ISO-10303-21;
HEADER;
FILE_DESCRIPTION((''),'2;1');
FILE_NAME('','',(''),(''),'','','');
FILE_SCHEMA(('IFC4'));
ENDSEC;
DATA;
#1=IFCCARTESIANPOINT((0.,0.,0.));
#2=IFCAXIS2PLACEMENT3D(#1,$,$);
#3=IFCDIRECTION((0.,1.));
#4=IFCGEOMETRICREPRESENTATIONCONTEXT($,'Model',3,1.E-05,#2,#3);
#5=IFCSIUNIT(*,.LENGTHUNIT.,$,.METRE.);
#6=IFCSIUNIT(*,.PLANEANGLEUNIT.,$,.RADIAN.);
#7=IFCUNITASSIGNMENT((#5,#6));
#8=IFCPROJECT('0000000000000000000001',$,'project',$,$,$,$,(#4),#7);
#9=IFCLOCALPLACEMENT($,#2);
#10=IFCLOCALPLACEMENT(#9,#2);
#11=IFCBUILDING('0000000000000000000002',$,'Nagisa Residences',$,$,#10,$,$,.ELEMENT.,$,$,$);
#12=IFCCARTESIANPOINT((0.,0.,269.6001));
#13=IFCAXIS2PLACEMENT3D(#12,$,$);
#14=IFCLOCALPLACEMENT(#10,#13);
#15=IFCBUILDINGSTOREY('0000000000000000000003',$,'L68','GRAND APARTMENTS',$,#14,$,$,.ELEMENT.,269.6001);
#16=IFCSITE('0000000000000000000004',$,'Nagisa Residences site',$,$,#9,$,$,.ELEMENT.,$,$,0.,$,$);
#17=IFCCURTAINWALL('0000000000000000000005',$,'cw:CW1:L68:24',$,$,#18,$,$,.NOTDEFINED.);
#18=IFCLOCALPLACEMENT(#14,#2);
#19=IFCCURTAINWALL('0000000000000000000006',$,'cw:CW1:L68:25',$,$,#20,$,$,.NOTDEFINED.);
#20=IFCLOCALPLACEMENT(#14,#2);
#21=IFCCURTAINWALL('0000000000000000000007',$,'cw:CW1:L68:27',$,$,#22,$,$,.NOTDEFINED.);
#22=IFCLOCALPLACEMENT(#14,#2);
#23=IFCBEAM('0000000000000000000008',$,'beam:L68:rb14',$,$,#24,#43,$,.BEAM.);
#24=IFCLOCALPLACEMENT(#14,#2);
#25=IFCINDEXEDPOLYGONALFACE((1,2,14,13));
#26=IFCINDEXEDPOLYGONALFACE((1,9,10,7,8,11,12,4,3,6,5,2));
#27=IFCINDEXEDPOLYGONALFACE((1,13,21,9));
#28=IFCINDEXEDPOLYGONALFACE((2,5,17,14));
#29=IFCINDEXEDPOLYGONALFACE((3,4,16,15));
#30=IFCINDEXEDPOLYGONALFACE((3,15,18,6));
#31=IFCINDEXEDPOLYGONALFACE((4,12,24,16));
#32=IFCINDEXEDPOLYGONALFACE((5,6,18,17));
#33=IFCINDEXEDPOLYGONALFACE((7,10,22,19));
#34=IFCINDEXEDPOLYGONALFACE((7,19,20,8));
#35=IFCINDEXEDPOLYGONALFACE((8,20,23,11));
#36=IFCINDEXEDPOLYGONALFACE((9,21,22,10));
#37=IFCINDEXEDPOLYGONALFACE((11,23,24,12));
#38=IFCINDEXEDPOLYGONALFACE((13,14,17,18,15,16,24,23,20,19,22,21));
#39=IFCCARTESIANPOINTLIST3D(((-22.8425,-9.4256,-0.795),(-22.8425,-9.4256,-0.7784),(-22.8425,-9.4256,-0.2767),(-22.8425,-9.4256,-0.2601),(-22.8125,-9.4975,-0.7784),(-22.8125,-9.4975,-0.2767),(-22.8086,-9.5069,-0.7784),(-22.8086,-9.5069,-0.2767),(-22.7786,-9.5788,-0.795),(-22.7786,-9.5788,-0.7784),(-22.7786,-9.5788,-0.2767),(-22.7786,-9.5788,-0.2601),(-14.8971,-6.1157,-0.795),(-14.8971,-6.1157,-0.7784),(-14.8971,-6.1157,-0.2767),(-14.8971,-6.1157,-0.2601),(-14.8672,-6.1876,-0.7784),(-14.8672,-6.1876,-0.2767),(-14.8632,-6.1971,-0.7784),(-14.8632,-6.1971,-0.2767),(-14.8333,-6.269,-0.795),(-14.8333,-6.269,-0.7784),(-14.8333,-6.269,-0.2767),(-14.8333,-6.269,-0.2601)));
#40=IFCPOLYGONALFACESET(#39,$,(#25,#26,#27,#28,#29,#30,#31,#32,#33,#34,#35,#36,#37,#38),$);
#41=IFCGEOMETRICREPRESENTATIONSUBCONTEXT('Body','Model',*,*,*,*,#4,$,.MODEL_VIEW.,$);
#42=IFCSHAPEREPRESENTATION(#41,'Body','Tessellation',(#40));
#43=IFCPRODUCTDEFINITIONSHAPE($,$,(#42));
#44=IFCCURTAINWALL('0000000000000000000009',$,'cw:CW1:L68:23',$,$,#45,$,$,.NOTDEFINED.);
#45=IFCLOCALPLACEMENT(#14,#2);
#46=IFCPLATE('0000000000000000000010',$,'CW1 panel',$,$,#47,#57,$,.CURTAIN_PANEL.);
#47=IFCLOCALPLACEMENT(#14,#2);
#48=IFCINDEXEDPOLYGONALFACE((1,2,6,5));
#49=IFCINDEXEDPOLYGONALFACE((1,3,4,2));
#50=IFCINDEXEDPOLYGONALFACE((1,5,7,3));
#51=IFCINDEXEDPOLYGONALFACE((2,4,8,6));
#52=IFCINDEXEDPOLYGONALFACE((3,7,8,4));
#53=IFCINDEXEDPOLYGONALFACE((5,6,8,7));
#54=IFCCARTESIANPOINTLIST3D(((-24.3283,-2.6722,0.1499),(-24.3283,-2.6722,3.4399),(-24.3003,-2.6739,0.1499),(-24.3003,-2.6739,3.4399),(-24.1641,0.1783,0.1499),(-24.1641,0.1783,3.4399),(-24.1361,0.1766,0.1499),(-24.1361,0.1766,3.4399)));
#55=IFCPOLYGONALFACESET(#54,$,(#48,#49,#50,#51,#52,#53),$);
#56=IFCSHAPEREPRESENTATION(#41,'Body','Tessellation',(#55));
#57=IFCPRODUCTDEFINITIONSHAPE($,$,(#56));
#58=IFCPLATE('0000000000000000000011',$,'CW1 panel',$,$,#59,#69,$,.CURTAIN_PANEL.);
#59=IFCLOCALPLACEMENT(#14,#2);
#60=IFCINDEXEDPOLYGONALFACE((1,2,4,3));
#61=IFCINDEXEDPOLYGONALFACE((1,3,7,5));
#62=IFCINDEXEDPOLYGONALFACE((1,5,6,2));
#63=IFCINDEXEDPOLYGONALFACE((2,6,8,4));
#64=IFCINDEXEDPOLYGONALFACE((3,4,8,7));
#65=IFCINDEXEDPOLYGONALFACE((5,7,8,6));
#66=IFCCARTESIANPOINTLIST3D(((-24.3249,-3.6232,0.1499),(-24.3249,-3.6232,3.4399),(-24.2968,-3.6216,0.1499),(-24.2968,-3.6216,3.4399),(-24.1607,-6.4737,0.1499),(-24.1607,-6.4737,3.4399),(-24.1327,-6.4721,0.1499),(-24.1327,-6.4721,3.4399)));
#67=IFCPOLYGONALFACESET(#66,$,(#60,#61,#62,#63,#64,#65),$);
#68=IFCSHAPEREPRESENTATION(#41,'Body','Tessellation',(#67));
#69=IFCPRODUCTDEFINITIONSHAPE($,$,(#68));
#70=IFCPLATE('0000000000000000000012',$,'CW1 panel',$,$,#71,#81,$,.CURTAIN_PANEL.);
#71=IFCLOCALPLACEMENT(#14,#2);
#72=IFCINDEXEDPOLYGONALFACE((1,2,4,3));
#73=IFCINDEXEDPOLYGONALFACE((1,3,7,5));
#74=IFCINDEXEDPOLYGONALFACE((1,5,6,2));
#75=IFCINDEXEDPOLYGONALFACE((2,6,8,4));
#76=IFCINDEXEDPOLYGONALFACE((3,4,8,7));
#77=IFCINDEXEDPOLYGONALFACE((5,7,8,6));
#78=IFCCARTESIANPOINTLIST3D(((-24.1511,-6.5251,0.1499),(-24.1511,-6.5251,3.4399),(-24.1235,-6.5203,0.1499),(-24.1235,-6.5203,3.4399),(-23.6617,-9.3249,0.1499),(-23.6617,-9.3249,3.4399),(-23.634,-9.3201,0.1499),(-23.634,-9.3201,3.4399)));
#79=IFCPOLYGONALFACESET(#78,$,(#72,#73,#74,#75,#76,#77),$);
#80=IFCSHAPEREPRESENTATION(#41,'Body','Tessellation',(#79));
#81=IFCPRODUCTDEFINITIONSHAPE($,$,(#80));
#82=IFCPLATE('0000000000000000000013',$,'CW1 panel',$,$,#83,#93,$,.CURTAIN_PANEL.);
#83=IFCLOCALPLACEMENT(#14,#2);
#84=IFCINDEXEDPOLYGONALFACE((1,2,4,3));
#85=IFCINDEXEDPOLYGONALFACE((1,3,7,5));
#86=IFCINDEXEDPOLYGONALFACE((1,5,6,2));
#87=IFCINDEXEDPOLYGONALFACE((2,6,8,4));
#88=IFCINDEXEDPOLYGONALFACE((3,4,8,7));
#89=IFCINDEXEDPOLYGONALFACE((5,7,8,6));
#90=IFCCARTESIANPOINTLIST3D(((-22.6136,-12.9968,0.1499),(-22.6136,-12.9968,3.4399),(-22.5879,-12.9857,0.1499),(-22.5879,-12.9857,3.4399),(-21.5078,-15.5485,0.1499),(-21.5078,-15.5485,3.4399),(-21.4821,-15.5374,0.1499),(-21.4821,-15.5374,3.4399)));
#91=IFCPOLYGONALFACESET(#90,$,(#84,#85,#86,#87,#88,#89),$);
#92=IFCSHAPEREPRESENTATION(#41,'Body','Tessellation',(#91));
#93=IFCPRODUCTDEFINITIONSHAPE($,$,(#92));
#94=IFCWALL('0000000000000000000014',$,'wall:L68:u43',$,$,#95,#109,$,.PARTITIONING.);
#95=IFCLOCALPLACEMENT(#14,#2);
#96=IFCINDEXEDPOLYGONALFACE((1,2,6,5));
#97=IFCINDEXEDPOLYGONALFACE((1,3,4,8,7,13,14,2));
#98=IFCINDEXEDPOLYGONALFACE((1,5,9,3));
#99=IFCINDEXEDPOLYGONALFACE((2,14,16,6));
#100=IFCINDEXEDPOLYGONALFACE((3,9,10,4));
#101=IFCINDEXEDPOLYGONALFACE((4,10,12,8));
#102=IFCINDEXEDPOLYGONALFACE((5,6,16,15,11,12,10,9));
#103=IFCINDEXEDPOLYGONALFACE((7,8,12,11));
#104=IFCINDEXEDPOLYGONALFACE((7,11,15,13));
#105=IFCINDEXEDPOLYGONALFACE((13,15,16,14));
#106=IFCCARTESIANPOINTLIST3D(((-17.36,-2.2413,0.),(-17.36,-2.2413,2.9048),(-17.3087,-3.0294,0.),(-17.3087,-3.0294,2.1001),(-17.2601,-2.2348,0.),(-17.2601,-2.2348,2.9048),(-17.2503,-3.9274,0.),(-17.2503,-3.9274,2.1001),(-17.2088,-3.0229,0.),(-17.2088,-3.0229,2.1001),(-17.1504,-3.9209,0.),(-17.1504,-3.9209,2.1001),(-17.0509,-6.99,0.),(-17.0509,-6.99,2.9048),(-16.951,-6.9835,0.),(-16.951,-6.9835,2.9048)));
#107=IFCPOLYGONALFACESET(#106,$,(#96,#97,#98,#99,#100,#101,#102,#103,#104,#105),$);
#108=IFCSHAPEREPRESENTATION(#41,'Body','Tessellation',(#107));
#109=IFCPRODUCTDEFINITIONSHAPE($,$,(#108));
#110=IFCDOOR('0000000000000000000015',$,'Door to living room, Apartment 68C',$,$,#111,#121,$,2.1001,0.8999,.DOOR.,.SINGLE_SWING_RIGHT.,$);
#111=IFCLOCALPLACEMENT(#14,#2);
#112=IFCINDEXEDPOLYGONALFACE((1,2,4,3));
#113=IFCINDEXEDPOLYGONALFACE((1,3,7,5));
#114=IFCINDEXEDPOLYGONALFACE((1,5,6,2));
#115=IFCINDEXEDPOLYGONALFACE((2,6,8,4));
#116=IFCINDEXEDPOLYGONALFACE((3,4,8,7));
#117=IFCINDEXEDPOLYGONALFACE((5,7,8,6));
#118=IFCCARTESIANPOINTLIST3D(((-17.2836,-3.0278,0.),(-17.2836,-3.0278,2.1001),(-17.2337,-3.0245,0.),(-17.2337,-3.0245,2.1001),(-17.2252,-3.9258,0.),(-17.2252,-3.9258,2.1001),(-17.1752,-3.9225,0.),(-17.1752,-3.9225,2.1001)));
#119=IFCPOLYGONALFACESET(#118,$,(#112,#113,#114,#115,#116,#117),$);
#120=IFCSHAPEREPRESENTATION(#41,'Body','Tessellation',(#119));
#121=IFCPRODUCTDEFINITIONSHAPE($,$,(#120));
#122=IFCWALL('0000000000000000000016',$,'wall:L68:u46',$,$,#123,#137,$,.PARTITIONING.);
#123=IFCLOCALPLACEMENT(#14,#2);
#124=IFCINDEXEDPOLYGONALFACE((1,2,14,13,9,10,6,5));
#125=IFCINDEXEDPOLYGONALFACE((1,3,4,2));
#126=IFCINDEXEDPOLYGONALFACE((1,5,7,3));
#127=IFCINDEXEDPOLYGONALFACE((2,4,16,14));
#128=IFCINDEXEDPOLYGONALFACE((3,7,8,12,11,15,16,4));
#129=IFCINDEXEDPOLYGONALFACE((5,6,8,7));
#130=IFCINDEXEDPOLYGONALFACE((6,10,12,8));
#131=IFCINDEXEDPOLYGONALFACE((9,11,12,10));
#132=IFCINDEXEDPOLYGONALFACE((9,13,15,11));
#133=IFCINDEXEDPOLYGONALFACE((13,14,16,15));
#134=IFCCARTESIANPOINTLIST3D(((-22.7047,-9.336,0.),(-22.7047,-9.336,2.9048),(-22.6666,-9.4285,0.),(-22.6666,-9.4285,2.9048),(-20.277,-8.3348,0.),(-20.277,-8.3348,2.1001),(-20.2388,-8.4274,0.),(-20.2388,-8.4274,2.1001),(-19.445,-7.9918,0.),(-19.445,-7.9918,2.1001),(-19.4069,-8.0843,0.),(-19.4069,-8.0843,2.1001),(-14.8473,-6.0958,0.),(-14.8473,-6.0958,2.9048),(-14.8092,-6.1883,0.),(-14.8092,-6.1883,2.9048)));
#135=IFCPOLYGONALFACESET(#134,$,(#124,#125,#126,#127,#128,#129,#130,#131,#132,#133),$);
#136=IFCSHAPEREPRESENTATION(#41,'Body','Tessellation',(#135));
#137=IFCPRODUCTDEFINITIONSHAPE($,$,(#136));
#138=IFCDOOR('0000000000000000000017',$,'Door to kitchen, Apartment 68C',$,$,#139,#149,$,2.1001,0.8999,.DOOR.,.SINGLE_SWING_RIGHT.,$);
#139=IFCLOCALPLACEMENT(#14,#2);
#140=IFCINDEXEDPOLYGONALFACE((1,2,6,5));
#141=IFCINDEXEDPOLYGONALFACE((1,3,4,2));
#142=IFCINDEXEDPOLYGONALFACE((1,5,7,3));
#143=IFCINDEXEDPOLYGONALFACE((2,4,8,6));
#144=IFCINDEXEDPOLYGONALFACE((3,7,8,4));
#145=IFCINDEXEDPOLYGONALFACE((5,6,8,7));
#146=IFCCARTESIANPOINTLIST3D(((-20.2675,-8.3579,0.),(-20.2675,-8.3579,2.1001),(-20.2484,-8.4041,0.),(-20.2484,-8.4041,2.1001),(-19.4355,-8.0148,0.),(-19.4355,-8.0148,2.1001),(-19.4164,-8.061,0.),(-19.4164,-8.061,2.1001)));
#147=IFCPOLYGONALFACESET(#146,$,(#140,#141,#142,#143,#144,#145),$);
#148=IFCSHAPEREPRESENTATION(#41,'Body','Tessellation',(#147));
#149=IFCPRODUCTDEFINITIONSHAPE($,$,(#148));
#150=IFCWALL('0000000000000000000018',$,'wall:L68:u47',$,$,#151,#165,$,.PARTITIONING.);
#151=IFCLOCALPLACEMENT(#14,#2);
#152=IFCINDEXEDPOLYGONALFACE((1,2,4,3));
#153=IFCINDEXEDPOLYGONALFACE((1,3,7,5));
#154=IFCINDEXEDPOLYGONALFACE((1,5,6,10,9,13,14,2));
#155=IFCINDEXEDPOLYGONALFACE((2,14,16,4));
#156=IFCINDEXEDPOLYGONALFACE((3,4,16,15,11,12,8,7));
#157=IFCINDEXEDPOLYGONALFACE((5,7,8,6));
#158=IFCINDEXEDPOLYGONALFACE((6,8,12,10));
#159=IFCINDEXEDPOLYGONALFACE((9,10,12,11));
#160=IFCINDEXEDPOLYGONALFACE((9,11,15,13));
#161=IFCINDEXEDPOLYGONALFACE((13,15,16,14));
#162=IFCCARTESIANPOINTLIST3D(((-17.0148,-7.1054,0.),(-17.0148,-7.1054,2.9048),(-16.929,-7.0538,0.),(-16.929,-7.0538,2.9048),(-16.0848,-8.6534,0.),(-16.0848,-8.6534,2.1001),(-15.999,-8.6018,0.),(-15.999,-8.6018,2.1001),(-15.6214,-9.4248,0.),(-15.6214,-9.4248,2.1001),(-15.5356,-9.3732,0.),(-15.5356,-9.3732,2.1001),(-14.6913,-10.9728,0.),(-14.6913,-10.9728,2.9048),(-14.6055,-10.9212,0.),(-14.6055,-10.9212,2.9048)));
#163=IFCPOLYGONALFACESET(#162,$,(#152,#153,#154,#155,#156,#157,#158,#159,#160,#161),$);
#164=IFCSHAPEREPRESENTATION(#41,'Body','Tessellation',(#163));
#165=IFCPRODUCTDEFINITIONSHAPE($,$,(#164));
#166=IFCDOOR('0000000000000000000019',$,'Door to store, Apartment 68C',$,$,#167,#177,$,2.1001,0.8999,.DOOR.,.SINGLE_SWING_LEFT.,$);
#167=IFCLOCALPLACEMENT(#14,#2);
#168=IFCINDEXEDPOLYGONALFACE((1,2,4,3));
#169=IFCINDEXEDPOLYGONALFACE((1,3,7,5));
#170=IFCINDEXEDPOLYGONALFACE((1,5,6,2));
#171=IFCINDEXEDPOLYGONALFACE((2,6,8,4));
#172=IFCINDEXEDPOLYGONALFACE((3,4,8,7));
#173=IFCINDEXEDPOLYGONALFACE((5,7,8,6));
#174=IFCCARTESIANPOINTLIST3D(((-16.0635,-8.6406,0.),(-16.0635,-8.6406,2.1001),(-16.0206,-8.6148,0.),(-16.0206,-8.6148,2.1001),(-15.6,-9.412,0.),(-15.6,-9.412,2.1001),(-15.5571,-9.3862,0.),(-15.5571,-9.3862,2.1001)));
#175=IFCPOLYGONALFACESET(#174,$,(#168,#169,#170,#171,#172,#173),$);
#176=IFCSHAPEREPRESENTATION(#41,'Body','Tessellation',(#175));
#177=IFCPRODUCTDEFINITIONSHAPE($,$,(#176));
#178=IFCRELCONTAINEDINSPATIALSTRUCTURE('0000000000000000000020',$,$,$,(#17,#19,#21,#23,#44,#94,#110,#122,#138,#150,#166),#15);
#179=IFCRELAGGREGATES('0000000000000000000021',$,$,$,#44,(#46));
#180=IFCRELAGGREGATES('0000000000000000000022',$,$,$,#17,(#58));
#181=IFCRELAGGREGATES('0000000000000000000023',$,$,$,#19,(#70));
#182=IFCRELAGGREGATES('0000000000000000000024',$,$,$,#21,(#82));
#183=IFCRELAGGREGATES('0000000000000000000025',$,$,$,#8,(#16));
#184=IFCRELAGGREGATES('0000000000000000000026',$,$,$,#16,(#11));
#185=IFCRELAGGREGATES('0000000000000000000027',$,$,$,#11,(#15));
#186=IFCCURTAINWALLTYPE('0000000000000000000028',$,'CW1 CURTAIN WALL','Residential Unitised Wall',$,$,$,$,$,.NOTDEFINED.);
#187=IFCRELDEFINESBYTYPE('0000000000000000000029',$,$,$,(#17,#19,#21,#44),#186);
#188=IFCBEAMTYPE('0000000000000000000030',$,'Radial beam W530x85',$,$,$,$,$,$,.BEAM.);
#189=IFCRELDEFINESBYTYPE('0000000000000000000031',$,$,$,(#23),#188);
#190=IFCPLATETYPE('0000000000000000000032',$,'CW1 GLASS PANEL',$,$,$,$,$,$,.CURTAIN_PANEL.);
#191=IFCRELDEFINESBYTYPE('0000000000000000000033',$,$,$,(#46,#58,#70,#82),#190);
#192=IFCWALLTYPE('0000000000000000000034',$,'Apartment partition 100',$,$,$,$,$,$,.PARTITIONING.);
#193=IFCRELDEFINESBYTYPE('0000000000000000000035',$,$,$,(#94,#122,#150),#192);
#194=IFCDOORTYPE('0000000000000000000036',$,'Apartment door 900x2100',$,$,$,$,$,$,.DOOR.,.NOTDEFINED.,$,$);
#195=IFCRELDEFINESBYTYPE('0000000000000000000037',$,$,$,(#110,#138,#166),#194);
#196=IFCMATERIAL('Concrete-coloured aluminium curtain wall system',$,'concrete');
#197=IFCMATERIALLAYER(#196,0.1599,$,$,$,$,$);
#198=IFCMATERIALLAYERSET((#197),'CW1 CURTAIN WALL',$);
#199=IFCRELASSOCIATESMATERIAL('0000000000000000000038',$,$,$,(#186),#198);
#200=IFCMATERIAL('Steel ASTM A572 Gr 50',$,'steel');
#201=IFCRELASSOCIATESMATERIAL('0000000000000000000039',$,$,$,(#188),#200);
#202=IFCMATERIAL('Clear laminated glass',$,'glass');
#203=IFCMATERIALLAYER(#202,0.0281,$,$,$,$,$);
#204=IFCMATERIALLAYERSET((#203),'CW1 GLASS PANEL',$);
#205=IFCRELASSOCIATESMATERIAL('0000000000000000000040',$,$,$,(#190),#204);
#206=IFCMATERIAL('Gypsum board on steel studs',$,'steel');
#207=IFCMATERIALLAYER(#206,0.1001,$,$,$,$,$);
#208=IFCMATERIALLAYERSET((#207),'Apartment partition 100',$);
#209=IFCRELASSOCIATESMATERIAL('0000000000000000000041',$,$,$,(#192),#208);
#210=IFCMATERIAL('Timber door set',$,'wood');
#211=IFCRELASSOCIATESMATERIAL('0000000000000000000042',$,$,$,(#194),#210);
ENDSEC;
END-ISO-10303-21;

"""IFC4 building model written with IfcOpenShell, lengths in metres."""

from ifc_helpers import new_model, si_unit, direction, frame, frame_2d, origin, origin_2d, place, context, subcontext, project, spatial, rectangle, i_section, extrude, material, layer, layer_set, material_profile, profile_set, type_object, element, fill, aggregate, save


model = new_model("IFC4")

# Units and contexts
model_context = context("Model", 3, precision=1e-05, world=origin(), true_north=direction((0.0, 1.0)))
body_context = subcontext(model_context, "Body", "Model", "MODEL_VIEW")
ifc_project = project(units=[si_unit("LENGTHUNIT", "METRE"), si_unit("PLANEANGLEUNIT", "RADIAN")], contexts=[model_context])

# Site, building, storey
site_placement = place(None, origin())
site = spatial("IfcSite", under=ifc_project, at=site_placement, Name="Nagisa Residences site", CompositionType="ELEMENT", RefElevation=0.0)
building_placement = place(site_placement, origin())
building = spatial("IfcBuilding", under=site, at=building_placement, Name="Nagisa Residences", CompositionType="ELEMENT")
storey_placement = place(building_placement, frame((0.0, 0.0, 269.6001)))
storey = spatial("IfcBuildingStorey", under=building, at=storey_placement, Name="L68", Description="GRAND APARTMENTS", CompositionType="ELEMENT", Elevation=269.6001)

# Curtain walls
ifc_material_1 = material(Name="Concrete-coloured aluminium curtain wall system", Category="concrete")
ifc_layer_1 = layer(ifc_material_1, 0.1599)
ifc_layer_set_1 = layer_set([ifc_layer_1], Name="CW1 CURTAIN WALL")
curtain_wall_type = type_object("IfcCurtainWallType", Name="CW1 CURTAIN WALL", Description="Residential Unitised Wall", PredefinedType="NOTDEFINED", material=ifc_layer_set_1)
curtain_wall_1_placement = place(storey_placement, origin())
curtain_wall_1 = element("IfcCurtainWall", 1, at=curtain_wall_1_placement, inside=storey, type_object=curtain_wall_type, Name="cw:CW1:L68:24", PredefinedType="NOTDEFINED")
curtain_wall_2_placement = place(storey_placement, origin())
curtain_wall_2 = element("IfcCurtainWall", 2, at=curtain_wall_2_placement, inside=storey, type_object=curtain_wall_type, Name="cw:CW1:L68:25", PredefinedType="NOTDEFINED")
curtain_wall_3_placement = place(storey_placement, origin())
curtain_wall_3 = element("IfcCurtainWall", 3, at=curtain_wall_3_placement, inside=storey, type_object=curtain_wall_type, Name="cw:CW1:L68:27", PredefinedType="NOTDEFINED")

# Beam
ifc_material_2 = material(Name="Steel ASTM A572 Gr 50", Category="steel")
ifc_material_profile_1 = material_profile(ifc_material_2, i_section(OverallWidth=0.166, OverallDepth=0.5349, WebThickness=0.0103, FlangeThickness=0.0166, at=origin_2d()), Name="W530x85")
ifc_profile_set_1 = profile_set([ifc_material_profile_1], Name="Steel ASTM A572 Gr 50")
beam_type_1 = type_object("IfcBeamType", Name="Radial beam W530x85", PredefinedType="BEAM", material=ifc_profile_set_1)
beam_1_placement = place(storey_placement, frame((-22.8105, -9.5022, -0.5276), z_axis=(0.923107, 0.384543, 0.0), x_axis=(-0.384543, 0.923107, 0.0)))
element("IfcBeam", 4, at=beam_1_placement, inside=storey, type_object=beam_type_1, Name="beam:L68:rb14", PredefinedType="BEAM", context=body_context, shape_type="SweptSolid", body=[
    extrude(i_section(OverallWidth=0.166, OverallDepth=0.5349, WebThickness=0.0103, FlangeThickness=0.0166, at=origin_2d()), origin(), (0.0, 0.0, 1.0), 8.6072),
])

# Curtain wall, plate
curtain_wall_4_placement = place(storey_placement, origin())
curtain_wall_4 = element("IfcCurtainWall", 5, at=curtain_wall_4_placement, inside=storey, type_object=curtain_wall_type, Name="cw:CW1:L68:23", PredefinedType="NOTDEFINED")
ifc_material_3 = material(Name="Clear laminated glass", Category="glass")
ifc_layer_2 = layer(ifc_material_3, 0.0281)
ifc_layer_set_2 = layer_set([ifc_layer_2], Name="CW1 GLASS PANEL")
plate_type = type_object("IfcPlateType", Name="CW1 GLASS PANEL", PredefinedType="CURTAIN_PANEL", material=ifc_layer_set_2)
plate_1_placement = place(storey_placement, frame((-24.2322, -1.2478, 0.1499), z_axis=(0.0, 0.0, 1.0), x_axis=(-0.057503, -0.998345, 0.0)))
plate_1 = element("IfcPlate", 6, at=plate_1_placement, type_object=plate_type, Name="CW1 panel", PredefinedType="CURTAIN_PANEL", context=body_context, shape_type="SweptSolid", body=[
    extrude(rectangle(XDim=2.8552, YDim=0.0281, at=origin_2d()), origin(), (0.0, 0.0, 1.0), 3.29),
])
aggregate(curtain_wall_4, [plate_1])

# Plates
plate_2_placement = place(storey_placement, frame((-24.2288, -5.0476, 0.1499), z_axis=(0.0, 0.0, 1.0), x_axis=(0.057503, -0.998345, 0.0)))
plate_2 = element("IfcPlate", 7, at=plate_2_placement, type_object=plate_type, Name="CW1 panel", PredefinedType="CURTAIN_PANEL", context=body_context, shape_type="SweptSolid", body=[
    extrude(rectangle(XDim=2.8552, YDim=0.0281, at=origin_2d()), origin(), (0.0, 0.0, 1.0), 3.29),
])
aggregate(curtain_wall_1, [plate_2])
plate_3_placement = place(storey_placement, frame((-23.8926, -7.9226, 0.1499), z_axis=(0.0, 0.0, 1.0), x_axis=(0.172191, -0.985064, 0.0)))
plate_3 = element("IfcPlate", 8, at=plate_3_placement, type_object=plate_type, Name="CW1 panel", PredefinedType="CURTAIN_PANEL", context=body_context, shape_type="SweptSolid", body=[
    extrude(rectangle(XDim=2.8423, YDim=0.0281, at=origin_2d()), origin(), (0.0, 0.0, 1.0), 3.29),
])
aggregate(curtain_wall_2, [plate_3])
plate_4_placement = place(storey_placement, frame((-22.0479, -14.2671, 0.1499), z_axis=(0.0, 0.0, 1.0), x_axis=(0.397636, -0.917543, 0.0)))
plate_4 = element("IfcPlate", 9, at=plate_4_placement, type_object=plate_type, Name="CW1 panel", PredefinedType="CURTAIN_PANEL", context=body_context, shape_type="SweptSolid", body=[
    extrude(rectangle(XDim=2.781, YDim=0.0281, at=origin_2d()), origin(), (0.0, 0.0, 1.0), 3.29),
])
aggregate(curtain_wall_3, [plate_4])

# Walls, openings, doors
ifc_material_4 = material(Name="Gypsum board on steel studs", Category="steel")
ifc_layer_3 = layer(ifc_material_4, 0.1001)
ifc_layer_set_3 = layer_set([ifc_layer_3], Name="Apartment partition 100")
wall_type_1 = type_object("IfcWallType", Name="Apartment partition 100", PredefinedType="PARTITIONING", material=ifc_layer_set_3)
wall_1_placement = place(storey_placement, frame((-17.3101, -2.238, 0.0), z_axis=(0.0, 0.0, 1.0), x_axis=(0.064949, -0.997889, 0.0)))
wall_1 = element("IfcWall", 10, at=wall_1_placement, inside=storey, type_object=wall_type_1, Name="wall:L68:u43", PredefinedType="PARTITIONING", context=body_context, shape_type="SweptSolid", body=[
    extrude(rectangle(XDim=4.7588, YDim=0.1001, at=frame_2d((2.3794, 0.0))), origin(), (0.0, 0.0, 1.0), 2.9048),
])
opening_1_placement = place(wall_1_placement, frame((0.7898, 0.0, 0.0)))
opening_1 = element("IfcOpeningElement", 11, at=opening_1_placement, cuts=wall_1, PredefinedType="OPENING", context=body_context, shape_type="SweptSolid", body=[
    extrude(rectangle(XDim=0.8999, YDim=2.1001, at=frame_2d((0.45, 1.05))), frame((0.0, 0.0601, 0.0), z_axis=(0.0, -1.0, 0.0), x_axis=(1.0, 0.0, 0.0)), (0.0, 0.0, 1.0), 0.1201),
])
ifc_material_5 = material(Name="Timber door set", Category="wood")
door_type_1 = type_object("IfcDoorType", Name="Apartment door 900x2100", OperationType="NOTDEFINED", PredefinedType="DOOR", material=ifc_material_5)
door_1_placement = place(opening_1_placement, frame((0.8999, 0.0, 0.0), x_axis=(-1.0, 0.0, 0.0)))
door_1 = element("IfcDoor", 12, at=door_1_placement, inside=storey, type_object=door_type_1, Name="Door to living room, Apartment 68C", OperationType="SINGLE_SWING_RIGHT", OverallHeight=2.1001, OverallWidth=0.8999, PredefinedType="DOOR", context=body_context, shape_type="SweptSolid", body=[
    extrude(rectangle(XDim=0.8999, YDim=2.1001, at=frame_2d((0.45, 1.05))), frame((0.0, 0.0249, 0.0), z_axis=(0.0, -1.0, 0.0), x_axis=(1.0, 0.0, 0.0)), (0.0, 0.0, 1.0), 0.05),
])
fill(opening_1, door_1)
wall_2_placement = place(storey_placement, frame((-14.8284, -6.1421, 0.0), z_axis=(0.0, 0.0, 1.0), x_axis=(-0.924478, -0.381235, 0.0)))
wall_2 = element("IfcWall", 13, at=wall_2_placement, inside=storey, type_object=wall_type_1, Name="wall:L68:u46", PredefinedType="PARTITIONING", context=body_context, shape_type="SweptSolid", body=[
    extrude(rectangle(XDim=8.4993, YDim=0.1001, at=frame_2d((4.2495, 0.0))), origin(), (0.0, 0.0, 1.0), 2.9048),
])
opening_2_placement = place(wall_2_placement, frame((4.9731, 0.0, 0.0)))
opening_2 = element("IfcOpeningElement", 14, at=opening_2_placement, cuts=wall_2, PredefinedType="OPENING", context=body_context, shape_type="SweptSolid", body=[
    extrude(rectangle(XDim=0.8999, YDim=2.1001, at=frame_2d((0.45, 1.05))), frame((0.0, 0.0601, 0.0), z_axis=(0.0, -1.0, 0.0), x_axis=(1.0, 0.0, 0.0)), (0.0, 0.0, 1.0), 0.1201),
])
door_2_placement = place(opening_2_placement, origin())
door_2 = element("IfcDoor", 15, at=door_2_placement, inside=storey, type_object=door_type_1, Name="Door to kitchen, Apartment 68C", OperationType="SINGLE_SWING_RIGHT", OverallHeight=2.1001, OverallWidth=0.8999, PredefinedType="DOOR", context=body_context, shape_type="SweptSolid", body=[
    extrude(rectangle(XDim=0.8999, YDim=2.1001, at=frame_2d((0.45, 1.05))), frame((0.0, 0.0249, 0.0), z_axis=(0.0, -1.0, 0.0), x_axis=(1.0, 0.0, 0.0)), (0.0, 0.0, 1.0), 0.05),
])
fill(opening_2, door_2)
wall_3_placement = place(storey_placement, frame((-16.9719, -7.0796, 0.0), z_axis=(0.0, 0.0, 1.0), x_axis=(0.514989, -0.857197, 0.0)))
wall_3 = element("IfcWall", 16, at=wall_3_placement, inside=storey, type_object=wall_type_1, Name="wall:L68:u47", PredefinedType="PARTITIONING", context=body_context, shape_type="SweptSolid", body=[
    extrude(rectangle(XDim=4.5117, YDim=0.1001, at=frame_2d((2.2559, 0.0))), origin(), (0.0, 0.0, 1.0), 2.9048),
])
opening_3_placement = place(wall_3_placement, frame((1.8059, 0.0, 0.0)))
opening_3 = element("IfcOpeningElement", 17, at=opening_3_placement, cuts=wall_3, PredefinedType="OPENING", context=body_context, shape_type="SweptSolid", body=[
    extrude(rectangle(XDim=0.8999, YDim=2.1001, at=frame_2d((0.45, 1.05))), frame((0.0, 0.0601, 0.0), z_axis=(0.0, -1.0, 0.0), x_axis=(1.0, 0.0, 0.0)), (0.0, 0.0, 1.0), 0.1201),
])
door_3_placement = place(opening_3_placement, origin())
door_3 = element("IfcDoor", 18, at=door_3_placement, inside=storey, type_object=door_type_1, Name="Door to store, Apartment 68C", OperationType="SINGLE_SWING_LEFT", OverallHeight=2.1001, OverallWidth=0.8999, PredefinedType="DOOR", context=body_context, shape_type="SweptSolid", body=[
    extrude(rectangle(XDim=0.8999, YDim=2.1001, at=frame_2d((0.45, 1.05))), frame((0.0, 0.0249, 0.0), z_axis=(0.0, -1.0, 0.0), x_axis=(1.0, 0.0, 0.0)), (0.0, 0.0, 1.0), 0.05),
])
fill(opening_3, door_3)

save(model, "model.ifc")
